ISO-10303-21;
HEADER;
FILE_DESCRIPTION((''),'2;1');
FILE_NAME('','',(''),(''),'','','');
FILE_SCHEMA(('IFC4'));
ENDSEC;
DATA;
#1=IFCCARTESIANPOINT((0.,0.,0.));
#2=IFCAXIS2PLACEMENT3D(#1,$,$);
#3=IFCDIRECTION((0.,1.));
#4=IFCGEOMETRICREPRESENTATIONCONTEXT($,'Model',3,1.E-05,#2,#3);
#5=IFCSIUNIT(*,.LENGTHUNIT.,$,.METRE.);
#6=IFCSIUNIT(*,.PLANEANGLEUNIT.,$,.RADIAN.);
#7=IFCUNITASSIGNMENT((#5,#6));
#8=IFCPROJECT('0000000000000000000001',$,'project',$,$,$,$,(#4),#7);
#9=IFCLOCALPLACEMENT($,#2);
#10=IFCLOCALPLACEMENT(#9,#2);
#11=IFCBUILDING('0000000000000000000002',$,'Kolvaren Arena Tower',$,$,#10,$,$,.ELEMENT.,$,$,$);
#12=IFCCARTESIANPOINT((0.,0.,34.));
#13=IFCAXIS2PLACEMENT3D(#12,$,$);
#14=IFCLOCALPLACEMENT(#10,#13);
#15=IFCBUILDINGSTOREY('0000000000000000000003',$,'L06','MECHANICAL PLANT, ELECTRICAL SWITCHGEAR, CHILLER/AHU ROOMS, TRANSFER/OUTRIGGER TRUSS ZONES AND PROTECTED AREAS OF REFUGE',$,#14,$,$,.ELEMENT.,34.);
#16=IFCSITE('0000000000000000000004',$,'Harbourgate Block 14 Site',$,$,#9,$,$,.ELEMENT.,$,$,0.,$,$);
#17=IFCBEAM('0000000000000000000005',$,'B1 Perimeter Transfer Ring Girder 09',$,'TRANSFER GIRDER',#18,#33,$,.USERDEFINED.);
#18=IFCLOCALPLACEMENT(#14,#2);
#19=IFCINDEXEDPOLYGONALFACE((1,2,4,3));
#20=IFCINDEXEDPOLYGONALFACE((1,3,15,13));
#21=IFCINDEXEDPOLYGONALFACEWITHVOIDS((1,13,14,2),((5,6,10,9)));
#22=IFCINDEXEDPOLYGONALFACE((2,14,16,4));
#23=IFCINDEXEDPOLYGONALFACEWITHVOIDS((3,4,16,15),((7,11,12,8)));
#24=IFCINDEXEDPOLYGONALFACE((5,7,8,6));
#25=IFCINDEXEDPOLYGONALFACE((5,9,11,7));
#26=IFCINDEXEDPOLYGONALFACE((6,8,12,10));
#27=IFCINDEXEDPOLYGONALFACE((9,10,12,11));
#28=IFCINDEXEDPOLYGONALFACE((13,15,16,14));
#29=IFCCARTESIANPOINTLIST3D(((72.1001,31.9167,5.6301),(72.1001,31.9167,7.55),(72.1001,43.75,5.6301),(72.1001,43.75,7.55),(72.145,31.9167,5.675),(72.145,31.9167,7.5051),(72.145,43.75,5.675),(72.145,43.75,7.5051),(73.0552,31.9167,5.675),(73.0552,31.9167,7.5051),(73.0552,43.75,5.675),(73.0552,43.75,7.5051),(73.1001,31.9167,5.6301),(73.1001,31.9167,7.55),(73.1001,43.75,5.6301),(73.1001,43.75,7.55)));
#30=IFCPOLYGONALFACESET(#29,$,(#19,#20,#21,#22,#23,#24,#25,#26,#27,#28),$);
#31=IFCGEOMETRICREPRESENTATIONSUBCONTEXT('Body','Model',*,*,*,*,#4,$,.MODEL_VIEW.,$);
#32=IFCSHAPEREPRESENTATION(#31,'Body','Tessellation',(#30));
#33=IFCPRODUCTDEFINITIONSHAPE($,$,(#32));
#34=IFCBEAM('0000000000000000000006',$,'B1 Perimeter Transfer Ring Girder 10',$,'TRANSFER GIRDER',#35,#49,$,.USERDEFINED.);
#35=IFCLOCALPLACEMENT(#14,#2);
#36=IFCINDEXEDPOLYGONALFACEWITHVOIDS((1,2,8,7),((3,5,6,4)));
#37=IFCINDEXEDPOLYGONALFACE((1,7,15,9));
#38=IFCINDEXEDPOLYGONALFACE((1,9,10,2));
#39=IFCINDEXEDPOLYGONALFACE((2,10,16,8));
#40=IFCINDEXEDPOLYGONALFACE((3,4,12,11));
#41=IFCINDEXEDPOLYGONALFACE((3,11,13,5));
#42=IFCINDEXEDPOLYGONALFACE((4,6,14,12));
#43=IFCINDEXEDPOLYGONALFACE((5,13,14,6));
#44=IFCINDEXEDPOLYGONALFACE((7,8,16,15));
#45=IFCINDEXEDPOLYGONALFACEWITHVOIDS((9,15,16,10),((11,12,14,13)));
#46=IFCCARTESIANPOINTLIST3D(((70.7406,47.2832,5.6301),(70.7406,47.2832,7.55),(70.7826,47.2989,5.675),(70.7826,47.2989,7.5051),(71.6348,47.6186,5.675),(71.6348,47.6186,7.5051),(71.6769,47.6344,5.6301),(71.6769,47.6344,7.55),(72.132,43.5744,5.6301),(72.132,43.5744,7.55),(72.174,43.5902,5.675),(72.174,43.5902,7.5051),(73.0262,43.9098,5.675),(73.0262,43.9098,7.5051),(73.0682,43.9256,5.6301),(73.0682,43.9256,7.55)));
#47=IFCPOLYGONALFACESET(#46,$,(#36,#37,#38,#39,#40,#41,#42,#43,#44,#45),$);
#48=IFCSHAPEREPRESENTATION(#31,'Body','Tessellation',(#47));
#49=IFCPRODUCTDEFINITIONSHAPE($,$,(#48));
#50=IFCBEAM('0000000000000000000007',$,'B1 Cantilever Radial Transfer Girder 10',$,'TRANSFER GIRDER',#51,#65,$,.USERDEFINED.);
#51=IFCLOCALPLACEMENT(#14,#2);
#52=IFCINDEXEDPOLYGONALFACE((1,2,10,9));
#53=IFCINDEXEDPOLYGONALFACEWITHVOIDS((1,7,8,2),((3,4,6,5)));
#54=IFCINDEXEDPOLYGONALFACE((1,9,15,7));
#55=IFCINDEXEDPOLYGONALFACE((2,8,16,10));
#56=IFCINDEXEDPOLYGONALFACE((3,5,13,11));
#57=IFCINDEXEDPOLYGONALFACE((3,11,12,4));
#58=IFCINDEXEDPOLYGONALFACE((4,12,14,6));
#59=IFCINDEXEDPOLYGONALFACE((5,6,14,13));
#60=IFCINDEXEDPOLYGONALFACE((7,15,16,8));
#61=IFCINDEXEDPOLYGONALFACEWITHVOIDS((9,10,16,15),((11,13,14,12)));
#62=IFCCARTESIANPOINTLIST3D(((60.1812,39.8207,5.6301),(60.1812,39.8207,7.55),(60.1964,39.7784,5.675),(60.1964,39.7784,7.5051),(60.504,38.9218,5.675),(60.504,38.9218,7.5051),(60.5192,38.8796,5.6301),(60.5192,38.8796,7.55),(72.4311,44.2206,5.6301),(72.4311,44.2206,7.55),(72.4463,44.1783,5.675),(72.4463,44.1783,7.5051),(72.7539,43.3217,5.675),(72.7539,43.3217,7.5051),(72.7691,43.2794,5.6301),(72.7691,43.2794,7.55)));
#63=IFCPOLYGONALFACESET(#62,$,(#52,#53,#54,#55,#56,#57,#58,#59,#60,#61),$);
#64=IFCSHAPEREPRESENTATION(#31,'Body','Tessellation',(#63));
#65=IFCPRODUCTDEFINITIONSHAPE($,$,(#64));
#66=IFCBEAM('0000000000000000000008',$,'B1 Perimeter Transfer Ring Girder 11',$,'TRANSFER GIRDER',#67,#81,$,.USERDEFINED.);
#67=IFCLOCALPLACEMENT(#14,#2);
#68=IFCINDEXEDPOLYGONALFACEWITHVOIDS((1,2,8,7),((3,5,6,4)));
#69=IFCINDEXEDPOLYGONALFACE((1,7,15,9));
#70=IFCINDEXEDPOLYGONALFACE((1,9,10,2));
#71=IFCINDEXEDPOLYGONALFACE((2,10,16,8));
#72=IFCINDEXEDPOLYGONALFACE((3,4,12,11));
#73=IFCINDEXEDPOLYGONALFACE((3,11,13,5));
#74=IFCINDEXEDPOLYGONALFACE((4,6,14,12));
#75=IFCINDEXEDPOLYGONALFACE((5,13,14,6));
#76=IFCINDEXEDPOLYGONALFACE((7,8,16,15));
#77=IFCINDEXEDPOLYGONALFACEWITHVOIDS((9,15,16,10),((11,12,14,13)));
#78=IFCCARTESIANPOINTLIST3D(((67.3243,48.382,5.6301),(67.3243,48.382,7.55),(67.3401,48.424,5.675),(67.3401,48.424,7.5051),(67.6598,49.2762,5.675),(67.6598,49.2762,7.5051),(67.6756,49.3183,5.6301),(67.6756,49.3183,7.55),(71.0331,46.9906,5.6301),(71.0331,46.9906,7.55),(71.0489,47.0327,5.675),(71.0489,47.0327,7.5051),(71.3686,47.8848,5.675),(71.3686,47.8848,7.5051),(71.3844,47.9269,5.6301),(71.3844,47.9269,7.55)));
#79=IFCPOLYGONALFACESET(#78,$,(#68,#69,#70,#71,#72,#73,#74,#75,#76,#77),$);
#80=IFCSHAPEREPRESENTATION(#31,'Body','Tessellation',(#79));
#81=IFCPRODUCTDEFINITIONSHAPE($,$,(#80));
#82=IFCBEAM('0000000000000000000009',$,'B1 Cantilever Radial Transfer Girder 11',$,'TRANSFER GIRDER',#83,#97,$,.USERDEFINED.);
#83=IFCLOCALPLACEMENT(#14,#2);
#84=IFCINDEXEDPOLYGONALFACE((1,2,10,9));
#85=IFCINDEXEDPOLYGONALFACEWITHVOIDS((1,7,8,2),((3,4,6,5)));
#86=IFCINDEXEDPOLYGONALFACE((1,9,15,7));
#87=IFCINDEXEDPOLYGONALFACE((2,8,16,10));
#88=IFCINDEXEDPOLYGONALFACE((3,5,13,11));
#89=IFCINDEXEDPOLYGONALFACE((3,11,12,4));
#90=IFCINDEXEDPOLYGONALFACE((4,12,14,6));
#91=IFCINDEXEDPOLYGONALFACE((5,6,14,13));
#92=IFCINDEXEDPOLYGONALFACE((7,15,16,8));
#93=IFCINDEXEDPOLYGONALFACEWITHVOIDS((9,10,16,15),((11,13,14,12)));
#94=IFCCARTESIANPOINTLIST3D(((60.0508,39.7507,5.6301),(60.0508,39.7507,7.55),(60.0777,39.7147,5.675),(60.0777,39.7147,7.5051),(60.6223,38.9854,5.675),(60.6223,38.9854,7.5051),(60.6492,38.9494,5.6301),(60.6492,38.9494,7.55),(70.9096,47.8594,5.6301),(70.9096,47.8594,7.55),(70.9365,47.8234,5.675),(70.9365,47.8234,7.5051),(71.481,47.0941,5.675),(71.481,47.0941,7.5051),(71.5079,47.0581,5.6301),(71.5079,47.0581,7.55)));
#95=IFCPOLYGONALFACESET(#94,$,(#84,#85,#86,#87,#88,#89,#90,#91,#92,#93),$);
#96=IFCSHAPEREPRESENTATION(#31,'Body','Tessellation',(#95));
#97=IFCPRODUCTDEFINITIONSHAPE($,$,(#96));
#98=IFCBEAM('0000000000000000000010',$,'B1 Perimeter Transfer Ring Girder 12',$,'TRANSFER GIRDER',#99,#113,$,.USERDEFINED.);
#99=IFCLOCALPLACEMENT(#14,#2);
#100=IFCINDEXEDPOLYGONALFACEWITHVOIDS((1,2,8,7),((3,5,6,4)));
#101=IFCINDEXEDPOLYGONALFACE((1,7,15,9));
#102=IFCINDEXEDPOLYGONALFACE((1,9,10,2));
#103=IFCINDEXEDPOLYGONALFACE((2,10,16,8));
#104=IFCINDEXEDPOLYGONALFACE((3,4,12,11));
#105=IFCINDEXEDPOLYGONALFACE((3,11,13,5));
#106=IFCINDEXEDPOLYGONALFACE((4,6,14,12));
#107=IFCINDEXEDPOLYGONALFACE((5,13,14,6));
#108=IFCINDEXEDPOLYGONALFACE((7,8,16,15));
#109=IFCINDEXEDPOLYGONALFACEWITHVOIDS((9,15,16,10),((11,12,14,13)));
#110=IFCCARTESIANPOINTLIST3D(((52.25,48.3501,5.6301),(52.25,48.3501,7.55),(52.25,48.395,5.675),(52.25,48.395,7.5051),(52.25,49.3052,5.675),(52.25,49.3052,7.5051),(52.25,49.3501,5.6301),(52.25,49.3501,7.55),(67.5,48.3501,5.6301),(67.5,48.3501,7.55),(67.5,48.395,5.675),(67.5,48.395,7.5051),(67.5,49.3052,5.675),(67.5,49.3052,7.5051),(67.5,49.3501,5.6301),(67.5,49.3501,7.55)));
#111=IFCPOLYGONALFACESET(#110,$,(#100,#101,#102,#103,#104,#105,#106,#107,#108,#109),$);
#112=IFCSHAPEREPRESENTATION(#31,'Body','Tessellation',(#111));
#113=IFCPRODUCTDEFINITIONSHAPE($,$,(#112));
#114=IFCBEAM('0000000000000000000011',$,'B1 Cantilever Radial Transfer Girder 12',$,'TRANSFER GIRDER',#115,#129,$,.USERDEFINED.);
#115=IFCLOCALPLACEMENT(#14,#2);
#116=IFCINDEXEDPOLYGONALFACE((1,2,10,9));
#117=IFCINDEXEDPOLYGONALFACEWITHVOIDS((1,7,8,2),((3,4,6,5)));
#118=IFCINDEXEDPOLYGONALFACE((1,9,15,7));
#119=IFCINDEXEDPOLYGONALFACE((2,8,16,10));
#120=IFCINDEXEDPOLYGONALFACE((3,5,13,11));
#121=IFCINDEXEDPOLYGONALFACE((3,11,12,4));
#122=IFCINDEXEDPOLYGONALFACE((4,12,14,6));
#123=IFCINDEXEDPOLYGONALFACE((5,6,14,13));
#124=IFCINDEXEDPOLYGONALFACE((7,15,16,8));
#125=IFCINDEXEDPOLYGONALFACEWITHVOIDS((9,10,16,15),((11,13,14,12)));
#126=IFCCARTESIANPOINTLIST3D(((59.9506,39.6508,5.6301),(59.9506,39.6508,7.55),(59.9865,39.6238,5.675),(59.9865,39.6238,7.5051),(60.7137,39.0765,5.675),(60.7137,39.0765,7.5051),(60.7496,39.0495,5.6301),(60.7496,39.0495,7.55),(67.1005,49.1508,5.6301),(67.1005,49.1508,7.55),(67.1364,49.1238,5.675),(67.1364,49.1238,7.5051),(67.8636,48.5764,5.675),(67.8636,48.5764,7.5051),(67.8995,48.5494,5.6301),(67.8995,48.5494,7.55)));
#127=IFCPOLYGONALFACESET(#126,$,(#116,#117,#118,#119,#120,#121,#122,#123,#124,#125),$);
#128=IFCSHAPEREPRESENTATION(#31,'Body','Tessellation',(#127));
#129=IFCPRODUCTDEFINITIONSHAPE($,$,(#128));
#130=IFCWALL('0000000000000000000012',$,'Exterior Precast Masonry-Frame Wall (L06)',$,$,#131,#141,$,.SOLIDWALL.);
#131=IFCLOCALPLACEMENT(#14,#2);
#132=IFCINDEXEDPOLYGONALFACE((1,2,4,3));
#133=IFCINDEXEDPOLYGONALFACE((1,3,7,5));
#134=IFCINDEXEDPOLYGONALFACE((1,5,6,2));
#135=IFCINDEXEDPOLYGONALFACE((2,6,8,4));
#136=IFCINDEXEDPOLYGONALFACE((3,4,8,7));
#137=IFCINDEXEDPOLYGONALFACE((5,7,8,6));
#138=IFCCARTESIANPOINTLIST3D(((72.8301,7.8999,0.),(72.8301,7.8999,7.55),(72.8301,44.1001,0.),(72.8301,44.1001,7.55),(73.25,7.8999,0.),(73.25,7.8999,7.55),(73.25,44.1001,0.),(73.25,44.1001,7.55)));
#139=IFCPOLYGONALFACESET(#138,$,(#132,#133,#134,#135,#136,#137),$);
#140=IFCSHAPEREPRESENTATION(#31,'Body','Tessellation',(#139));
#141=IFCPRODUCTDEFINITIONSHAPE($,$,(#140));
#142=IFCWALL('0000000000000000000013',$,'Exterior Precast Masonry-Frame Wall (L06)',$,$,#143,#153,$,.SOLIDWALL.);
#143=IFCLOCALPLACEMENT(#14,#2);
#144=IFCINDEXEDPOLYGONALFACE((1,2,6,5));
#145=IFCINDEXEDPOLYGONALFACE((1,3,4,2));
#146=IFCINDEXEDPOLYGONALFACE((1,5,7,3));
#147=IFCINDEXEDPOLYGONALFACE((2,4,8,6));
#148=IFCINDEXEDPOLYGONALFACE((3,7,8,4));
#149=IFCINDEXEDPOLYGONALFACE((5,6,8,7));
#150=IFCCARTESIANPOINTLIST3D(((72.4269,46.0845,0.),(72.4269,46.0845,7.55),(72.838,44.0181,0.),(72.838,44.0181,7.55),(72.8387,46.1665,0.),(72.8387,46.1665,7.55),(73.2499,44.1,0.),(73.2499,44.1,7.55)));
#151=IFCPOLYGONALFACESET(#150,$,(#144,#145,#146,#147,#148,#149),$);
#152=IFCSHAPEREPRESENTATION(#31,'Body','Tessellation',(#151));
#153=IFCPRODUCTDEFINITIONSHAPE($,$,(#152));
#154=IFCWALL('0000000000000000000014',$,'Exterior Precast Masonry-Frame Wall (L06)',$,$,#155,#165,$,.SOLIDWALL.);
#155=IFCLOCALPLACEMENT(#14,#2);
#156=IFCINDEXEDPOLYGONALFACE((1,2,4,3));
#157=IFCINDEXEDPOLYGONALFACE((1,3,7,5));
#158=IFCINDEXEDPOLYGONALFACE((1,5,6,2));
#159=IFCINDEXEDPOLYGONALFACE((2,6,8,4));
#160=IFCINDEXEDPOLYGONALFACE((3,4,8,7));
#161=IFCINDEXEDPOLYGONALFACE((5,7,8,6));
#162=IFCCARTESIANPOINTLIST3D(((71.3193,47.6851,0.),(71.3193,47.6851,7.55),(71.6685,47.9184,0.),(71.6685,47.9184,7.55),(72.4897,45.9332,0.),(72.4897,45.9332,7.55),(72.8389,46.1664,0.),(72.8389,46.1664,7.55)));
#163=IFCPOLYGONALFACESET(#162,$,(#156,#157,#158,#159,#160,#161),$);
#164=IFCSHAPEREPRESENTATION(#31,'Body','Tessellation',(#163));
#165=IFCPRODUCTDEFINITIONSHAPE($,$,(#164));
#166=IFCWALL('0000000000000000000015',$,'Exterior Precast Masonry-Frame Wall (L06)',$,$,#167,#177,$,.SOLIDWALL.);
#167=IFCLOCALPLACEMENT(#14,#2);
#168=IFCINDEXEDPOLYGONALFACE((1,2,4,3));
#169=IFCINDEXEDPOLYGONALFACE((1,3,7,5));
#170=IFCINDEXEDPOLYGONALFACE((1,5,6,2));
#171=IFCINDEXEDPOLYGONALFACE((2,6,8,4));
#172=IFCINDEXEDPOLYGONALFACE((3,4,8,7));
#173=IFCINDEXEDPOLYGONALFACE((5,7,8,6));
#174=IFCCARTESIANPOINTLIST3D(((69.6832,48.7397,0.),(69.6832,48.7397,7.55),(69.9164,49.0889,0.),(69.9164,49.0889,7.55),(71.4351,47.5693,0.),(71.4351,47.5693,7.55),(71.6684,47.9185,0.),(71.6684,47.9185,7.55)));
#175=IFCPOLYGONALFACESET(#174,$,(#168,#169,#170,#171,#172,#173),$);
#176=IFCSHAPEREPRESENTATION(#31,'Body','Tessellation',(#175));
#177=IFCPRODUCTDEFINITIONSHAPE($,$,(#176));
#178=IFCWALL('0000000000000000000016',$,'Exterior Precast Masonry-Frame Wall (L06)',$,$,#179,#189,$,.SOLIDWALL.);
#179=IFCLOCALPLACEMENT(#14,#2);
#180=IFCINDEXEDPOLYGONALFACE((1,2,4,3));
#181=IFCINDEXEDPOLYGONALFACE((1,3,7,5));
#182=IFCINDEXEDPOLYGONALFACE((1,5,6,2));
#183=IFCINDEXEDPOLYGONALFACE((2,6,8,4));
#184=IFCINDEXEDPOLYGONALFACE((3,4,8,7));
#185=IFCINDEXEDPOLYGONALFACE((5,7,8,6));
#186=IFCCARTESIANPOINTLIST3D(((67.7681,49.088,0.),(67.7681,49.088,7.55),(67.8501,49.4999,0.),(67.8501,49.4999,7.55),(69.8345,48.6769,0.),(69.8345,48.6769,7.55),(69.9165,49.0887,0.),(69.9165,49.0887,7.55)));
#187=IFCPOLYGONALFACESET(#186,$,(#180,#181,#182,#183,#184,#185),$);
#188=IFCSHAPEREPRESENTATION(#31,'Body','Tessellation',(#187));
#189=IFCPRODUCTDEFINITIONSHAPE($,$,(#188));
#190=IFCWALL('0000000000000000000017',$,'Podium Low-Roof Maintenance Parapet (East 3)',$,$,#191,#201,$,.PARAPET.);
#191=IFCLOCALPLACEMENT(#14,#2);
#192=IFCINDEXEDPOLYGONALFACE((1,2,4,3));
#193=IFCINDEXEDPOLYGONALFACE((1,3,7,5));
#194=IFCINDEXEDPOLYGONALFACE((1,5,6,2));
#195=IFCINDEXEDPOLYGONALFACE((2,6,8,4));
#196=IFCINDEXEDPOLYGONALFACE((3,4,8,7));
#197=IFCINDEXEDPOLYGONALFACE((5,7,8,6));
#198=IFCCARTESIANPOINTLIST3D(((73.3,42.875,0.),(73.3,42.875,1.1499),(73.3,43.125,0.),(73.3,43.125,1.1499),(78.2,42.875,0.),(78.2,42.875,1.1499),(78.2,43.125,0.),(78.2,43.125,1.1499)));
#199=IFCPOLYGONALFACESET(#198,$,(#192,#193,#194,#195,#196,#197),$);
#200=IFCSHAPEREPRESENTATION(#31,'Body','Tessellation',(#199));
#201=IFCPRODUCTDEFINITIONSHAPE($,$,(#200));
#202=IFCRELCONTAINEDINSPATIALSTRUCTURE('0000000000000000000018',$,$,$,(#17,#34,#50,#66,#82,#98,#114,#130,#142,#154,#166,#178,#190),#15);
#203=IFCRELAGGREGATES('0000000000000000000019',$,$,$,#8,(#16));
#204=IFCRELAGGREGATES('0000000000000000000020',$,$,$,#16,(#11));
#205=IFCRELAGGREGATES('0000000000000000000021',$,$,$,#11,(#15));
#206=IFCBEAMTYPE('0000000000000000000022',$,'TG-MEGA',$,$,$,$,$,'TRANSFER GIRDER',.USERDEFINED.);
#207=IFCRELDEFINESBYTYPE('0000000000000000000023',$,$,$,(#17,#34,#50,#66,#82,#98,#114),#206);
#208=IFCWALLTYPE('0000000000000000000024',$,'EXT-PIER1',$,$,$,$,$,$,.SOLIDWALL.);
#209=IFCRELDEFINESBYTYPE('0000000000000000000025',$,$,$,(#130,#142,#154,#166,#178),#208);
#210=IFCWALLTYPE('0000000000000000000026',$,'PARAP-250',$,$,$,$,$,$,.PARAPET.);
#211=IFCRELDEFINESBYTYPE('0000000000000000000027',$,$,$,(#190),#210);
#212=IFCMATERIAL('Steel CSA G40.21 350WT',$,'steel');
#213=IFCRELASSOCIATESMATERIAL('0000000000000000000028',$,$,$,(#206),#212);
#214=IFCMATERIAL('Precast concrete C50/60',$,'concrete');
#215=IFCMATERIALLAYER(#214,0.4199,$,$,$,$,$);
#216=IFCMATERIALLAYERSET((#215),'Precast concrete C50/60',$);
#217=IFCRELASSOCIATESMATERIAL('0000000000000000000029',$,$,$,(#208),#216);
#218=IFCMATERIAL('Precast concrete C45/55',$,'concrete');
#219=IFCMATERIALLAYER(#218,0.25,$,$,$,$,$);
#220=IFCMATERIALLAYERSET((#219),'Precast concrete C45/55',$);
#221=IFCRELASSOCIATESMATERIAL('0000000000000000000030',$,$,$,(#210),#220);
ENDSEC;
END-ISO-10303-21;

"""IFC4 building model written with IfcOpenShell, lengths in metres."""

from ifc_helpers import new_model, si_unit, direction, frame, frame_2d, origin, origin_2d, place, context, subcontext, project, spatial, rectangle, hollow_rectangle, extrude, material, layer, layer_set, material_profile, profile_set, type_object, element, save


model = new_model("IFC4")

# Units and contexts
model_context = context("Model", 3, precision=1e-05, world=origin(), true_north=direction((0.0, 1.0)))
body_context = subcontext(model_context, "Body", "Model", "MODEL_VIEW")
ifc_project = project(units=[si_unit("LENGTHUNIT", "METRE"), si_unit("PLANEANGLEUNIT", "RADIAN")], contexts=[model_context])

# Site, building, storey
site_placement = place(None, origin())
site = spatial("IfcSite", under=ifc_project, at=site_placement, Name="Harbourgate Block 14 Site", CompositionType="ELEMENT", RefElevation=0.0)
building_placement = place(site_placement, origin())
building = spatial("IfcBuilding", under=site, at=building_placement, Name="Kolvaren Arena Tower", CompositionType="ELEMENT")
storey_placement = place(building_placement, frame((0.0, 0.0, 34.0)))
storey = spatial("IfcBuildingStorey", under=building, at=storey_placement, Name="L06", Description="MECHANICAL PLANT, ELECTRICAL SWITCHGEAR, CHILLER/AHU ROOMS, TRANSFER/OUTRIGGER TRUSS ZONES AND PROTECTED AREAS OF REFUGE", CompositionType="ELEMENT", Elevation=34.0)

# Shared definitions
ifc_material_1 = material(Name="Steel CSA G40.21 350WT", Category="steel")

# Beams
ifc_material_profile_1 = material_profile(ifc_material_1, hollow_rectangle(XDim=1.0, YDim=1.9199, WallThickness=0.0449, at=origin_2d()), Name="BOX 1000x1920x45")
ifc_profile_set_1 = profile_set([ifc_material_profile_1], Name="Steel CSA G40.21 350WT")
beam_type_1 = type_object("IfcBeamType", Name="TG-MEGA", ElementType="TRANSFER GIRDER", PredefinedType="USERDEFINED", material=ifc_profile_set_1)
beam_1_placement = place(storey_placement, frame((72.6001, 31.9167, 6.5901), z_axis=(0.0, 1.0, 0.0), x_axis=(-1.0, 0.0, 0.0)))
element("IfcBeam", 1, at=beam_1_placement, inside=storey, type_object=beam_type_1, Name="B1 Perimeter Transfer Ring Girder 09", ObjectType="TRANSFER GIRDER", PredefinedType="USERDEFINED", context=body_context, shape_type="SweptSolid", body=[
    extrude(hollow_rectangle(XDim=1.0, YDim=1.9199, WallThickness=0.0449, at=origin_2d()), origin(), (0.0, 0.0, 1.0), 11.8333),
])
beam_2_placement = place(storey_placement, frame((72.6001, 43.75, 6.5901), z_axis=(-0.351252, 0.936281, 0.0), x_axis=(-0.936281, -0.351252, 0.0)))
element("IfcBeam", 2, at=beam_2_placement, inside=storey, type_object=beam_type_1, Name="B1 Perimeter Transfer Ring Girder 10", ObjectType="TRANSFER GIRDER", PredefinedType="USERDEFINED", context=body_context, shape_type="SweptSolid", body=[
    extrude(hollow_rectangle(XDim=1.0, YDim=1.9199, WallThickness=0.0449, at=origin_2d()), origin(), (0.0, 0.0, 1.0), 3.9612),
])
beam_3_placement = place(storey_placement, frame((72.6001, 43.75, 6.5901), z_axis=(-0.941134, -0.338033, 0.0), x_axis=(0.338033, -0.941134, 0.0)))
element("IfcBeam", 3, at=beam_3_placement, inside=storey, type_object=beam_type_1, Name="B1 Cantilever Radial Transfer Girder 10", ObjectType="TRANSFER GIRDER", PredefinedType="USERDEFINED", context=body_context, shape_type="SweptSolid", body=[
    extrude(hollow_rectangle(XDim=1.0, YDim=1.9199, WallThickness=0.0449, at=origin_2d()), origin(), (0.0, 0.0, 1.0), 13.0161),
])
beam_4_placement = place(storey_placement, frame((71.2087, 47.4587, 6.5901), z_axis=(-0.936281, 0.351252, 0.0), x_axis=(-0.351252, -0.936281, 0.0)))
element("IfcBeam", 4, at=beam_4_placement, inside=storey, type_object=beam_type_1, Name="B1 Perimeter Transfer Ring Girder 11", ObjectType="TRANSFER GIRDER", PredefinedType="USERDEFINED", context=body_context, shape_type="SweptSolid", body=[
    extrude(hollow_rectangle(XDim=1.0, YDim=1.9199, WallThickness=0.0449, at=origin_2d()), origin(), (0.0, 0.0, 1.0), 3.9612),
])
beam_5_placement = place(storey_placement, frame((71.2087, 47.4587, 6.5901), z_axis=(-0.80125, -0.59833, 0.0), x_axis=(0.59833, -0.80125, 0.0)))
element("IfcBeam", 5, at=beam_5_placement, inside=storey, type_object=beam_type_1, Name="B1 Cantilever Radial Transfer Girder 11", ObjectType="TRANSFER GIRDER", PredefinedType="USERDEFINED", context=body_context, shape_type="SweptSolid", body=[
    extrude(hollow_rectangle(XDim=1.0, YDim=1.9199, WallThickness=0.0449, at=origin_2d()), origin(), (0.0, 0.0, 1.0), 13.5522),
])
beam_6_placement = place(storey_placement, frame((67.5, 48.8501, 6.5901), z_axis=(-1.0, 0.0, 0.0), x_axis=(0.0, -1.0, 0.0)))
element("IfcBeam", 6, at=beam_6_placement, inside=storey, type_object=beam_type_1, Name="B1 Perimeter Transfer Ring Girder 12", ObjectType="TRANSFER GIRDER", PredefinedType="USERDEFINED", context=body_context, shape_type="SweptSolid", body=[
    extrude(hollow_rectangle(XDim=1.0, YDim=1.9199, WallThickness=0.0449, at=origin_2d()), origin(), (0.0, 0.0, 1.0), 15.25),
])
beam_7_placement = place(storey_placement, frame((67.5, 48.8501, 6.5901), z_axis=(-0.60134, -0.798994, 0.0), x_axis=(0.798994, -0.60134, 0.0)))
element("IfcBeam", 7, at=beam_7_placement, inside=storey, type_object=beam_type_1, Name="B1 Cantilever Radial Transfer Girder 12", ObjectType="TRANSFER GIRDER", PredefinedType="USERDEFINED", context=body_context, shape_type="SweptSolid", body=[
    extrude(hollow_rectangle(XDim=1.0, YDim=1.9199, WallThickness=0.0449, at=origin_2d()), origin(), (0.0, 0.0, 1.0), 11.8899),
])

# Walls
ifc_material_2 = material(Name="Precast concrete C50/60", Category="concrete")
ifc_layer_1 = layer(ifc_material_2, 0.4199)
ifc_layer_set_1 = layer_set([ifc_layer_1], Name="Precast concrete C50/60")
wall_type_1 = type_object("IfcWallType", Name="EXT-PIER1", PredefinedType="SOLIDWALL", material=ifc_layer_set_1)
wall_1_placement = place(storey_placement, frame((73.04, 44.1001, 0.0), z_axis=(0.0, 0.0, 1.0), x_axis=(0.0, -1.0, 0.0)))
element("IfcWall", 8, at=wall_1_placement, inside=storey, type_object=wall_type_1, Name="Exterior Precast Masonry-Frame Wall (L06)", PredefinedType="SOLIDWALL", context=body_context, shape_type="SweptSolid", body=[
    extrude(rectangle(XDim=36.2002, YDim=0.4199, at=frame_2d((18.1001, 0.0))), origin(), (0.0, 0.0, 1.0), 7.55),
])
for number, where, z_axis, x_axis, name in (
    (9, (72.6328, 46.1255, 0.0), (0.0, 0.0, 1.0), (0.195136, -0.980776, 0.0), "Exterior Precast Masonry-Frame Wall (L06)"),
    (10, (71.4939, 47.8018, 0.0), (0.0, 0.0, 1.0), (0.555502, -0.831515, 0.0), "Exterior Precast Masonry-Frame Wall (L06)"),
    (11, (69.7998, 48.9143, 0.0), (0.0, 0.0, 1.0), (0.831515, -0.555502, 0.0), "Exterior Precast Masonry-Frame Wall (L06)"),
    (12, (67.8091, 49.2939, 0.0), (0.0, 0.0, 1.0), (0.980776, -0.195136, 0.0), "Exterior Precast Masonry-Frame Wall (L06)"),
):
    element("IfcWall", number, at=place(storey_placement, frame(where, z_axis=z_axis, x_axis=x_axis)), inside=storey, type_object=wall_type_1, Name=name, PredefinedType="SOLIDWALL", context=body_context, shape_type="SweptSolid", body=[
        extrude(rectangle(XDim=2.1069, YDim=0.4199, at=frame_2d((1.0535, 0.0))), origin(), (0.0, 0.0, 1.0), 7.55),
    ])
ifc_material_3 = material(Name="Precast concrete C45/55", Category="concrete")
ifc_layer_2 = layer(ifc_material_3, 0.25)
ifc_layer_set_2 = layer_set([ifc_layer_2], Name="Precast concrete C45/55")
wall_type_2 = type_object("IfcWallType", Name="PARAP-250", PredefinedType="PARAPET", material=ifc_layer_set_2)
wall_2_placement = place(storey_placement, frame((78.2, 43.0, 0.0), z_axis=(0.0, 0.0, 1.0), x_axis=(-1.0, 0.0, 0.0)))
element("IfcWall", 13, at=wall_2_placement, inside=storey, type_object=wall_type_2, Name="Podium Low-Roof Maintenance Parapet (East 3)", PredefinedType="PARAPET", context=body_context, shape_type="SweptSolid", body=[
    extrude(rectangle(XDim=4.8999, YDim=0.25, at=frame_2d((2.45, 0.0))), origin(), (0.0, 0.0, 1.0), 1.1499),
])

save(model, "model.ifc")
